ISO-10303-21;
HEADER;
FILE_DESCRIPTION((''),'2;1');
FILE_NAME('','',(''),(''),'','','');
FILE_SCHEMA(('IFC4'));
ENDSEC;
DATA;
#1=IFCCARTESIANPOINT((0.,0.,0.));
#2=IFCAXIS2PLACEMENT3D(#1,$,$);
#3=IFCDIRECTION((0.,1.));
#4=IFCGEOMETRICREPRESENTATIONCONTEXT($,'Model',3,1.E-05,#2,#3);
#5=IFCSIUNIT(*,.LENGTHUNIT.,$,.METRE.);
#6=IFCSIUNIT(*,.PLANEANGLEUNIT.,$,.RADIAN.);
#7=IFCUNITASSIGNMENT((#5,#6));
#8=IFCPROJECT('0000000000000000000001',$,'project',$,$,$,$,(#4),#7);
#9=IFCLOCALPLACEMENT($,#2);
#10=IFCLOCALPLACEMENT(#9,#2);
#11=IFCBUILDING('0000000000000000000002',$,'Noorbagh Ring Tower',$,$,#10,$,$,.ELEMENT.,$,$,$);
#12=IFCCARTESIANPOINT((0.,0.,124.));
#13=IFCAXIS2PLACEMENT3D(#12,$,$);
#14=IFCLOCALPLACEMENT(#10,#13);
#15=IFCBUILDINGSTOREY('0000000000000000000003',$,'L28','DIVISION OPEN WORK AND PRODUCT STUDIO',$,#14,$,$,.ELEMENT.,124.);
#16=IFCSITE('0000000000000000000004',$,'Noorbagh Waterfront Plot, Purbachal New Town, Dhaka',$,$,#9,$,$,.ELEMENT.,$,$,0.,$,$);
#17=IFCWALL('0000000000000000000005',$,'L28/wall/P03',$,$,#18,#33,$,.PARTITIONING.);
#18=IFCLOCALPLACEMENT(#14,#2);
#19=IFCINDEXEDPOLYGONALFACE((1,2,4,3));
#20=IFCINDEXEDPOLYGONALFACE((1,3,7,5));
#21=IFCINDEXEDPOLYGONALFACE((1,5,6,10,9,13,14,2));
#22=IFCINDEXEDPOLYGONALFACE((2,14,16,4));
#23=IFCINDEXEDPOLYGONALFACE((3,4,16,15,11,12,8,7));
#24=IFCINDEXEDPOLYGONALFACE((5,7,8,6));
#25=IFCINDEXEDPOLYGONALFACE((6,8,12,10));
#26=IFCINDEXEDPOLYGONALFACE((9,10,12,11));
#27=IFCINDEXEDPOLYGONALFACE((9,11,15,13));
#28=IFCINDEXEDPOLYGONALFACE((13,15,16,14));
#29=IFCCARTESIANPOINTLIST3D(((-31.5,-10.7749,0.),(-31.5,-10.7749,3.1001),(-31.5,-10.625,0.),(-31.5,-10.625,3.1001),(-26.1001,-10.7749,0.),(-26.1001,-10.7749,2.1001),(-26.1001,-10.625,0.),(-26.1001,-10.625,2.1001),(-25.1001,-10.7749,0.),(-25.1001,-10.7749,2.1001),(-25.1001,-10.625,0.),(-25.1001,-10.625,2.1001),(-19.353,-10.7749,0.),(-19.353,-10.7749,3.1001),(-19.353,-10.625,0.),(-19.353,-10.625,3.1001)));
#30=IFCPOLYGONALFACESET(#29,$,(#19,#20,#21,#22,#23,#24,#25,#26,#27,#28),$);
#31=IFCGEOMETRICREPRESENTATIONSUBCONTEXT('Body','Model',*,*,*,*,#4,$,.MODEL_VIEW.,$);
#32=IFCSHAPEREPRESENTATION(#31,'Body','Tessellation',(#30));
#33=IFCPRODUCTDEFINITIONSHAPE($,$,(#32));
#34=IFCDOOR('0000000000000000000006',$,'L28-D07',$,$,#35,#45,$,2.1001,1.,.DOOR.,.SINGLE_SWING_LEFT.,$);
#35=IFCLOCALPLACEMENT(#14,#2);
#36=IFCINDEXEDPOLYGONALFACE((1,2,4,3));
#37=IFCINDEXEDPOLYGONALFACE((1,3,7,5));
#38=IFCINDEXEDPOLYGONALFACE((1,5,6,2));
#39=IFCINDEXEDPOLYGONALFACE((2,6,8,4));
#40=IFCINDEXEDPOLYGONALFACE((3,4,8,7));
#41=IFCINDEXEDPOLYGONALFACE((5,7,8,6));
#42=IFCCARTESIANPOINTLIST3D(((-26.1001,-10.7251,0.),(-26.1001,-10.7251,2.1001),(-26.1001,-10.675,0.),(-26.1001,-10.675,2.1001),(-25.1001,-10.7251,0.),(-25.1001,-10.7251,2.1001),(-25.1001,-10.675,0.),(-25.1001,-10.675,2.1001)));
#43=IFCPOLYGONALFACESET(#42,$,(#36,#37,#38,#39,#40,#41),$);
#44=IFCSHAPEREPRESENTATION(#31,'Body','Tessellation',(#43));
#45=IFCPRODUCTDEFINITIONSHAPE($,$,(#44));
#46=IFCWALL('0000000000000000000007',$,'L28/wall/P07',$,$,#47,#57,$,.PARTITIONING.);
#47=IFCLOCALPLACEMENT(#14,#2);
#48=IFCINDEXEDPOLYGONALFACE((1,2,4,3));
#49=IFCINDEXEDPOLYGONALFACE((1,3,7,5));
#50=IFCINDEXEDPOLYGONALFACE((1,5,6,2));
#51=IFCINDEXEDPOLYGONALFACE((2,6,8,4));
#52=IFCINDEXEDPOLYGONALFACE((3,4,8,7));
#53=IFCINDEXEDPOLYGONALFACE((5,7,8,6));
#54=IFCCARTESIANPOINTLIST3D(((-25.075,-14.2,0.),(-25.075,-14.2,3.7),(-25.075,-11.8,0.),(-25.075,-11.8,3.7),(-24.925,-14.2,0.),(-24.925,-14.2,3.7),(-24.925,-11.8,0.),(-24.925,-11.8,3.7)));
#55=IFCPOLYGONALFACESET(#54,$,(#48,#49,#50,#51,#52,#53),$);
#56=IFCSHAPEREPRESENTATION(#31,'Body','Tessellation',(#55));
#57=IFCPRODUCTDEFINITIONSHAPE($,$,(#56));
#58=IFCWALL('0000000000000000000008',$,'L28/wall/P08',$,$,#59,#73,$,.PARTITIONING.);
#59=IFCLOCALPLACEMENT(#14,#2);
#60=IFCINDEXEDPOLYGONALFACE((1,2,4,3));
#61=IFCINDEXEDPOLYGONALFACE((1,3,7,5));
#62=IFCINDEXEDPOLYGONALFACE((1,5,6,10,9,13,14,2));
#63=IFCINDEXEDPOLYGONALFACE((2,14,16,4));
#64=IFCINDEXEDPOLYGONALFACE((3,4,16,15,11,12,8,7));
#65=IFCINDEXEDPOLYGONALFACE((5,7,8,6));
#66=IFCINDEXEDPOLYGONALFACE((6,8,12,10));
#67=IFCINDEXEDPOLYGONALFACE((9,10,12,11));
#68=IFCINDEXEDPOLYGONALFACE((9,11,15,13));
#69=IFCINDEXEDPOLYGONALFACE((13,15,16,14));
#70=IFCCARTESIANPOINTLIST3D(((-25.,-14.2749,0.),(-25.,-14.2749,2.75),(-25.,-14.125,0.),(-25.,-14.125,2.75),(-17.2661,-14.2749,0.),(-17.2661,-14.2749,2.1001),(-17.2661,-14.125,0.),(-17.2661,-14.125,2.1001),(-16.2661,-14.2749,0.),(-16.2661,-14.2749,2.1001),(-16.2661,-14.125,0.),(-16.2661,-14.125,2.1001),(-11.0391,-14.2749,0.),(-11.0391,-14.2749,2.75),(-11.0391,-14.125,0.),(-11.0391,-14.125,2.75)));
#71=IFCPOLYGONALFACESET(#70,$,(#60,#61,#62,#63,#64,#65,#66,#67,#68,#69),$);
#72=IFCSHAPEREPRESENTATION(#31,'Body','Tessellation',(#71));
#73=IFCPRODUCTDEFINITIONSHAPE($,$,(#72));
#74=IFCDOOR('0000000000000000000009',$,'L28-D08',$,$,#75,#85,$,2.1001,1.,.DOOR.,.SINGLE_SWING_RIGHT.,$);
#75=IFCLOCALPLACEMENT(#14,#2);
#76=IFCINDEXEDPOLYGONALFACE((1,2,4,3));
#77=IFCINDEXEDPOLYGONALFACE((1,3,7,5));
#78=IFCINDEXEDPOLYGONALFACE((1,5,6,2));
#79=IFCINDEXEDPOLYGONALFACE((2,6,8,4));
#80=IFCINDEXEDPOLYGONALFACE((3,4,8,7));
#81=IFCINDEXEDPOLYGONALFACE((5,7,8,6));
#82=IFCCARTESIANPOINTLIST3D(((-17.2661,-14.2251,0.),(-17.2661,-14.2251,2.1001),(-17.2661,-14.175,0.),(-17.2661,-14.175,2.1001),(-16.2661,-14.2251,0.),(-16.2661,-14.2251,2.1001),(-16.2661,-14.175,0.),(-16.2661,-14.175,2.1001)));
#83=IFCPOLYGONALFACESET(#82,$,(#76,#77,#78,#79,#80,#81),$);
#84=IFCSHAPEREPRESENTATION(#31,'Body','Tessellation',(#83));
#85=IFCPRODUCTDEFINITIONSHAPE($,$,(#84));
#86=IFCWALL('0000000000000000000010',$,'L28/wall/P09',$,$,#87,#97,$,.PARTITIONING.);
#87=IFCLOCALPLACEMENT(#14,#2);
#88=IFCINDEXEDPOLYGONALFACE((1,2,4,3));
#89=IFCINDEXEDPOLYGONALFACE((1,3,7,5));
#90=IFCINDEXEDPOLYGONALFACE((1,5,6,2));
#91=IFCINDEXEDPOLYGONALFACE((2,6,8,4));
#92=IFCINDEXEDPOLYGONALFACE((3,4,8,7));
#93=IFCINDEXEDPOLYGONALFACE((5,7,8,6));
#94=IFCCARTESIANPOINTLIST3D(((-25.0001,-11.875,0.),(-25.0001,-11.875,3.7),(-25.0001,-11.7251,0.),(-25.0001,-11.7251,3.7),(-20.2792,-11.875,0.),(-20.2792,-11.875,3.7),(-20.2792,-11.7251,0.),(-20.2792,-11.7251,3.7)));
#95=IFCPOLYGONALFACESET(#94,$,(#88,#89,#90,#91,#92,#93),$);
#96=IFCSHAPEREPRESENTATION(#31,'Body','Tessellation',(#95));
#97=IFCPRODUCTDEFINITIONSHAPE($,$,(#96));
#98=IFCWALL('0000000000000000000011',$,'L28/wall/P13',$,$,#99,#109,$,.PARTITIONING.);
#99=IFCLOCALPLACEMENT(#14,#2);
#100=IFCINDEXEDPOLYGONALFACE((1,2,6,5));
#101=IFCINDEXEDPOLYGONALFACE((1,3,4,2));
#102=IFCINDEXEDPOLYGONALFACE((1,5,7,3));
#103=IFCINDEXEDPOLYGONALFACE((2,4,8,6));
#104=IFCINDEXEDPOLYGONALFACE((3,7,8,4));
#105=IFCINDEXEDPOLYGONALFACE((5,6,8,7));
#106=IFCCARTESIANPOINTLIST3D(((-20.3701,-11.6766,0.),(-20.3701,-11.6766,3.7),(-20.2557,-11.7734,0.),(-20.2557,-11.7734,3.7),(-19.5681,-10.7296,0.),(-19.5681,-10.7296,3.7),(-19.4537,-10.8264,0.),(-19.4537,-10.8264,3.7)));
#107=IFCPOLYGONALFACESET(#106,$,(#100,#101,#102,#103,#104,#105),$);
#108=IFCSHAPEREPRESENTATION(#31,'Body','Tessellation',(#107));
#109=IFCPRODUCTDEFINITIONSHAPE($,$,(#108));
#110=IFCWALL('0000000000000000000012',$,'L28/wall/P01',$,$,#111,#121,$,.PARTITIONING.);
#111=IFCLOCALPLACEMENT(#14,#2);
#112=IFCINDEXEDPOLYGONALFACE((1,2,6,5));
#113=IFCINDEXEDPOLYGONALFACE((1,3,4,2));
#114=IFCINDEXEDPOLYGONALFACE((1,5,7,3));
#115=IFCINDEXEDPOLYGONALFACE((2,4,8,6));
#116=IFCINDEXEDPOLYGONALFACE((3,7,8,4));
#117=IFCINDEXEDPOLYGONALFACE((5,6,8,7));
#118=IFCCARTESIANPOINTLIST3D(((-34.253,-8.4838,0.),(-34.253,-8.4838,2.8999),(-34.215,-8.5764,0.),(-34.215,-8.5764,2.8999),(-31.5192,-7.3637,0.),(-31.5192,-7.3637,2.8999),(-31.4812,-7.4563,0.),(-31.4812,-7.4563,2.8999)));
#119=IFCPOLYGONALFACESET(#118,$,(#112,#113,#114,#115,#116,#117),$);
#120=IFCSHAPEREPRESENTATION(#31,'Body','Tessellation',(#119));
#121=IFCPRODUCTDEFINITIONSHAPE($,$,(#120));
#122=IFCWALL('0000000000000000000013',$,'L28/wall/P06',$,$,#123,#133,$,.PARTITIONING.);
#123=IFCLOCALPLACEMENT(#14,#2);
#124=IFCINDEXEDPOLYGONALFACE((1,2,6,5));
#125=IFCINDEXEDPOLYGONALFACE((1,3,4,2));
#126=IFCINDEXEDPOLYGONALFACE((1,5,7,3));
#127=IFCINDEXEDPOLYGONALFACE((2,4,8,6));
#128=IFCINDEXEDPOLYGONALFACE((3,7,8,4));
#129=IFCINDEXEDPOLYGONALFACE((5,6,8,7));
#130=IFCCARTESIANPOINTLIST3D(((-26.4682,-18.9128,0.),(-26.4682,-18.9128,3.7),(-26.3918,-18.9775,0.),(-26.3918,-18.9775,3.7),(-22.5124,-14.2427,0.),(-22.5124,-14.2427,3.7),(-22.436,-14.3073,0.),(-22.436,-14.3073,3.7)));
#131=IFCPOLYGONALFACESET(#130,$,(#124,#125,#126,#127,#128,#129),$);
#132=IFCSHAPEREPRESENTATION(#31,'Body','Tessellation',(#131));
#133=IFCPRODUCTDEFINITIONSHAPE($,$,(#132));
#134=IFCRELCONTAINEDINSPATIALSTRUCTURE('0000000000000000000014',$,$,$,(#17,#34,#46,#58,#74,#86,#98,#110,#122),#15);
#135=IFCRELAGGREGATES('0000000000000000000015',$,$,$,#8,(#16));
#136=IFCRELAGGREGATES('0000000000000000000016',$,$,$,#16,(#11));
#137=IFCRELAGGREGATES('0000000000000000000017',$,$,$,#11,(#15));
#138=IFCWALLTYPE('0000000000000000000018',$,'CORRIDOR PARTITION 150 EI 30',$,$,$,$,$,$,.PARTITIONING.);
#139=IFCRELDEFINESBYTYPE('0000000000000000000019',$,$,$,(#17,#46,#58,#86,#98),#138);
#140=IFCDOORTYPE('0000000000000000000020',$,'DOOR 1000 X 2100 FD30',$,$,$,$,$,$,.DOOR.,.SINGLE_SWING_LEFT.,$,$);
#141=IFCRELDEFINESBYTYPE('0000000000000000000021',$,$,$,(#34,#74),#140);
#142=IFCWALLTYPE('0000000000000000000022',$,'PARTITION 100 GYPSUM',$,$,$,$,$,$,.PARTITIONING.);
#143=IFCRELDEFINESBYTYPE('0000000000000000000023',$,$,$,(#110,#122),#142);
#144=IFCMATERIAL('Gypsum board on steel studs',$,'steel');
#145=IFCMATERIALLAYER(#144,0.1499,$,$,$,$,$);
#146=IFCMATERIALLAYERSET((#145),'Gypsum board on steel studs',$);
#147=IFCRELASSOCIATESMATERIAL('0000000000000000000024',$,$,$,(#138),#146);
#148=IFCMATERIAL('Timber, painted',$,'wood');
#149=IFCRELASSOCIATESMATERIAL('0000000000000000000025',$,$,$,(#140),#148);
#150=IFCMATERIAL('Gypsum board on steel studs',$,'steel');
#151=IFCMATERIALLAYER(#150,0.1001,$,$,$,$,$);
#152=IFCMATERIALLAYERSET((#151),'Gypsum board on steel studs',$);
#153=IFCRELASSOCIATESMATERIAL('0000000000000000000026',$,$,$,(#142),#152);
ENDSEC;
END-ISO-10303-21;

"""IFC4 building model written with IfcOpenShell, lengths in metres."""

from ifc_helpers import new_model, si_unit, direction, frame, frame_2d, origin, place, context, subcontext, project, spatial, rectangle, extrude, material, layer, layer_set, type_object, element, fill, save


model = new_model("IFC4")

# Units and contexts
model_context = context("Model", 3, precision=1e-05, world=origin(), true_north=direction((0.0, 1.0)))
body_context = subcontext(model_context, "Body", "Model", "MODEL_VIEW")
ifc_project = project(units=[si_unit("LENGTHUNIT", "METRE"), si_unit("PLANEANGLEUNIT", "RADIAN")], contexts=[model_context])

# Site, building, storey
site_placement = place(None, origin())
site = spatial("IfcSite", under=ifc_project, at=site_placement, Name="Noorbagh Waterfront Plot, Purbachal New Town, Dhaka", CompositionType="ELEMENT", RefElevation=0.0)
building_placement = place(site_placement, origin())
building = spatial("IfcBuilding", under=site, at=building_placement, Name="Noorbagh Ring Tower", CompositionType="ELEMENT")
storey_placement = place(building_placement, frame((0.0, 0.0, 124.0)))
storey = spatial("IfcBuildingStorey", under=building, at=storey_placement, Name="L28", Description="DIVISION OPEN WORK AND PRODUCT STUDIO", CompositionType="ELEMENT", Elevation=124.0)

# Shared definitions
ifc_material_1 = material(Name="Gypsum board on steel studs", Category="steel")
ifc_layer_1 = layer(ifc_material_1, 0.1499)
ifc_layer_set_1 = layer_set([ifc_layer_1], Name="Gypsum board on steel studs")
wall_type_1 = type_object("IfcWallType", Name="CORRIDOR PARTITION 150 EI 30", PredefinedType="PARTITIONING", material=ifc_layer_set_1)

# Wall, opening, door
wall_1_placement = place(storey_placement, frame((-31.5, -10.7, 0.0), z_axis=(0.0, 0.0, 1.0), x_axis=(1.0, 0.0, 0.0)))
wall_1 = element("IfcWall", 1, at=wall_1_placement, inside=storey, type_object=wall_type_1, Name="L28/wall/P03", PredefinedType="PARTITIONING", context=body_context, shape_type="SweptSolid", body=[
    extrude(rectangle(XDim=12.147, YDim=0.1499, at=frame_2d((6.0735, 0.0))), origin(), (0.0, 0.0, 1.0), 3.1001),
])
opening_1_placement = place(wall_1_placement, frame((5.3999, 0.0, 0.0)))
opening_1 = element("IfcOpeningElement", 2, at=opening_1_placement, cuts=wall_1, PredefinedType="OPENING", context=body_context, shape_type="SweptSolid", body=[
    extrude(rectangle(XDim=1.0, YDim=2.1001, at=frame_2d((0.5, 1.05))), frame((0.0, 0.085, 0.0), z_axis=(0.0, -1.0, 0.0), x_axis=(1.0, 0.0, 0.0)), (0.0, 0.0, 1.0), 0.1699),
])
ifc_material_2 = material(Name="Timber, painted", Category="wood")
door_type = type_object("IfcDoorType", Name="DOOR 1000 X 2100 FD30", OperationType="SINGLE_SWING_LEFT", PredefinedType="DOOR", material=ifc_material_2)
door_1_placement = place(opening_1_placement, origin())
door_1 = element("IfcDoor", 3, at=door_1_placement, inside=storey, type_object=door_type, Name="L28-D07", OperationType="SINGLE_SWING_LEFT", OverallHeight=2.1001, OverallWidth=1.0, PredefinedType="DOOR", context=body_context, shape_type="SweptSolid", body=[
    extrude(rectangle(XDim=1.0, YDim=2.1001, at=frame_2d((0.5, 1.05))), frame((0.0, 0.0249, 0.0), z_axis=(0.0, -1.0, 0.0), x_axis=(1.0, 0.0, 0.0)), (0.0, 0.0, 1.0), 0.05),
])
fill(opening_1, door_1)

# Wall
wall_2_placement = place(storey_placement, frame((-25.0, -14.2, 0.0), z_axis=(0.0, 0.0, 1.0), x_axis=(0.0, 1.0, 0.0)))
element("IfcWall", 4, at=wall_2_placement, inside=storey, type_object=wall_type_1, Name="L28/wall/P07", PredefinedType="PARTITIONING", context=body_context, shape_type="SweptSolid", body=[
    extrude(rectangle(XDim=2.3999, YDim=0.1499, at=frame_2d((1.2, 0.0))), origin(), (0.0, 0.0, 1.0), 3.7),
])

# Wall, opening, door
wall_3_placement = place(storey_placement, frame((-25.0, -14.2, 0.0), z_axis=(0.0, 0.0, 1.0), x_axis=(1.0, 0.0, 0.0)))
wall_3 = element("IfcWall", 5, at=wall_3_placement, inside=storey, type_object=wall_type_1, Name="L28/wall/P08", PredefinedType="PARTITIONING", context=body_context, shape_type="SweptSolid", body=[
    extrude(rectangle(XDim=13.9609, YDim=0.1499, at=frame_2d((6.9805, 0.0))), origin(), (0.0, 0.0, 1.0), 2.75),
])
opening_2_placement = place(wall_3_placement, frame((7.7339, 0.0, 0.0)))
opening_2 = element("IfcOpeningElement", 6, at=opening_2_placement, cuts=wall_3, PredefinedType="OPENING", context=body_context, shape_type="SweptSolid", body=[
    extrude(rectangle(XDim=1.0, YDim=2.1001, at=frame_2d((0.5, 1.05))), frame((0.0, 0.085, 0.0), z_axis=(0.0, -1.0, 0.0), x_axis=(1.0, 0.0, 0.0)), (0.0, 0.0, 1.0), 0.1699),
])
door_2_placement = place(opening_2_placement, origin())
door_2 = element("IfcDoor", 7, at=door_2_placement, inside=storey, type_object=door_type, Name="L28-D08", OperationType="SINGLE_SWING_RIGHT", OverallHeight=2.1001, OverallWidth=1.0, PredefinedType="DOOR", context=body_context, shape_type="SweptSolid", body=[
    extrude(rectangle(XDim=1.0, YDim=2.1001, at=frame_2d((0.5, 1.05))), frame((0.0, 0.0249, 0.0), z_axis=(0.0, -1.0, 0.0), x_axis=(1.0, 0.0, 0.0)), (0.0, 0.0, 1.0), 0.05),
])
fill(opening_2, door_2)

# Walls
wall_4_placement = place(storey_placement, frame((-25.0, -11.8, 0.0), z_axis=(0.0, 0.0, 1.0), x_axis=(1.0, 0.0, 0.0)))
element("IfcWall", 8, at=wall_4_placement, inside=storey, type_object=wall_type_1, Name="L28/wall/P09", PredefinedType="PARTITIONING", context=body_context, shape_type="SweptSolid", body=[
    extrude(rectangle(XDim=4.7209, YDim=0.1499, at=frame_2d((2.3604, 0.0))), origin(), (0.0, 0.0, 1.0), 3.7),
])
wall_5_placement = place(storey_placement, frame((-20.313, -11.7251, 0.0), z_axis=(0.0, 0.0, 1.0), x_axis=(0.64626, 0.763118, 0.0)))
element("IfcWall", 9, at=wall_5_placement, inside=storey, type_object=wall_type_1, Name="L28/wall/P13", PredefinedType="PARTITIONING", context=body_context, shape_type="SweptSolid", body=[
    extrude(rectangle(XDim=1.241, YDim=0.1499, at=frame_2d((0.6206, 0.0))), origin(), (0.0, 0.0, 1.0), 3.7),
])
ifc_material_3 = material(Name="Gypsum board on steel studs", Category="steel")
ifc_layer_2 = layer(ifc_material_3, 0.1001)
ifc_layer_set_2 = layer_set([ifc_layer_2], Name="Gypsum board on steel studs")
wall_type_2 = type_object("IfcWallType", Name="PARTITION 100 GYPSUM", PredefinedType="PARTITIONING", material=ifc_layer_set_2)
wall_6_placement = place(storey_placement, frame((-34.2339, -8.53, 0.0), z_axis=(0.0, 0.0, 1.0), x_axis=(0.925344, 0.379128, 0.0)))
element("IfcWall", 10, at=wall_6_placement, inside=storey, type_object=wall_type_2, Name="L28/wall/P01", PredefinedType="PARTITIONING", context=body_context, shape_type="SweptSolid", body=[
    extrude(rectangle(XDim=2.9543, YDim=0.1001, at=frame_2d((1.4771, 0.0))), origin(), (0.0, 0.0, 1.0), 2.8999),
])
wall_7_placement = place(storey_placement, frame((-26.4299, -18.9451, 0.0), z_axis=(0.0, 0.0, 1.0), x_axis=(0.646336, 0.763053, 0.0)))
element("IfcWall", 11, at=wall_7_placement, inside=storey, type_object=wall_type_2, Name="L28/wall/P06", PredefinedType="PARTITIONING", context=body_context, shape_type="SweptSolid", body=[
    extrude(rectangle(XDim=6.1204, YDim=0.1001, at=frame_2d((3.0601, 0.0))), origin(), (0.0, 0.0, 1.0), 3.7),
])

save(model, "model.ifc")
